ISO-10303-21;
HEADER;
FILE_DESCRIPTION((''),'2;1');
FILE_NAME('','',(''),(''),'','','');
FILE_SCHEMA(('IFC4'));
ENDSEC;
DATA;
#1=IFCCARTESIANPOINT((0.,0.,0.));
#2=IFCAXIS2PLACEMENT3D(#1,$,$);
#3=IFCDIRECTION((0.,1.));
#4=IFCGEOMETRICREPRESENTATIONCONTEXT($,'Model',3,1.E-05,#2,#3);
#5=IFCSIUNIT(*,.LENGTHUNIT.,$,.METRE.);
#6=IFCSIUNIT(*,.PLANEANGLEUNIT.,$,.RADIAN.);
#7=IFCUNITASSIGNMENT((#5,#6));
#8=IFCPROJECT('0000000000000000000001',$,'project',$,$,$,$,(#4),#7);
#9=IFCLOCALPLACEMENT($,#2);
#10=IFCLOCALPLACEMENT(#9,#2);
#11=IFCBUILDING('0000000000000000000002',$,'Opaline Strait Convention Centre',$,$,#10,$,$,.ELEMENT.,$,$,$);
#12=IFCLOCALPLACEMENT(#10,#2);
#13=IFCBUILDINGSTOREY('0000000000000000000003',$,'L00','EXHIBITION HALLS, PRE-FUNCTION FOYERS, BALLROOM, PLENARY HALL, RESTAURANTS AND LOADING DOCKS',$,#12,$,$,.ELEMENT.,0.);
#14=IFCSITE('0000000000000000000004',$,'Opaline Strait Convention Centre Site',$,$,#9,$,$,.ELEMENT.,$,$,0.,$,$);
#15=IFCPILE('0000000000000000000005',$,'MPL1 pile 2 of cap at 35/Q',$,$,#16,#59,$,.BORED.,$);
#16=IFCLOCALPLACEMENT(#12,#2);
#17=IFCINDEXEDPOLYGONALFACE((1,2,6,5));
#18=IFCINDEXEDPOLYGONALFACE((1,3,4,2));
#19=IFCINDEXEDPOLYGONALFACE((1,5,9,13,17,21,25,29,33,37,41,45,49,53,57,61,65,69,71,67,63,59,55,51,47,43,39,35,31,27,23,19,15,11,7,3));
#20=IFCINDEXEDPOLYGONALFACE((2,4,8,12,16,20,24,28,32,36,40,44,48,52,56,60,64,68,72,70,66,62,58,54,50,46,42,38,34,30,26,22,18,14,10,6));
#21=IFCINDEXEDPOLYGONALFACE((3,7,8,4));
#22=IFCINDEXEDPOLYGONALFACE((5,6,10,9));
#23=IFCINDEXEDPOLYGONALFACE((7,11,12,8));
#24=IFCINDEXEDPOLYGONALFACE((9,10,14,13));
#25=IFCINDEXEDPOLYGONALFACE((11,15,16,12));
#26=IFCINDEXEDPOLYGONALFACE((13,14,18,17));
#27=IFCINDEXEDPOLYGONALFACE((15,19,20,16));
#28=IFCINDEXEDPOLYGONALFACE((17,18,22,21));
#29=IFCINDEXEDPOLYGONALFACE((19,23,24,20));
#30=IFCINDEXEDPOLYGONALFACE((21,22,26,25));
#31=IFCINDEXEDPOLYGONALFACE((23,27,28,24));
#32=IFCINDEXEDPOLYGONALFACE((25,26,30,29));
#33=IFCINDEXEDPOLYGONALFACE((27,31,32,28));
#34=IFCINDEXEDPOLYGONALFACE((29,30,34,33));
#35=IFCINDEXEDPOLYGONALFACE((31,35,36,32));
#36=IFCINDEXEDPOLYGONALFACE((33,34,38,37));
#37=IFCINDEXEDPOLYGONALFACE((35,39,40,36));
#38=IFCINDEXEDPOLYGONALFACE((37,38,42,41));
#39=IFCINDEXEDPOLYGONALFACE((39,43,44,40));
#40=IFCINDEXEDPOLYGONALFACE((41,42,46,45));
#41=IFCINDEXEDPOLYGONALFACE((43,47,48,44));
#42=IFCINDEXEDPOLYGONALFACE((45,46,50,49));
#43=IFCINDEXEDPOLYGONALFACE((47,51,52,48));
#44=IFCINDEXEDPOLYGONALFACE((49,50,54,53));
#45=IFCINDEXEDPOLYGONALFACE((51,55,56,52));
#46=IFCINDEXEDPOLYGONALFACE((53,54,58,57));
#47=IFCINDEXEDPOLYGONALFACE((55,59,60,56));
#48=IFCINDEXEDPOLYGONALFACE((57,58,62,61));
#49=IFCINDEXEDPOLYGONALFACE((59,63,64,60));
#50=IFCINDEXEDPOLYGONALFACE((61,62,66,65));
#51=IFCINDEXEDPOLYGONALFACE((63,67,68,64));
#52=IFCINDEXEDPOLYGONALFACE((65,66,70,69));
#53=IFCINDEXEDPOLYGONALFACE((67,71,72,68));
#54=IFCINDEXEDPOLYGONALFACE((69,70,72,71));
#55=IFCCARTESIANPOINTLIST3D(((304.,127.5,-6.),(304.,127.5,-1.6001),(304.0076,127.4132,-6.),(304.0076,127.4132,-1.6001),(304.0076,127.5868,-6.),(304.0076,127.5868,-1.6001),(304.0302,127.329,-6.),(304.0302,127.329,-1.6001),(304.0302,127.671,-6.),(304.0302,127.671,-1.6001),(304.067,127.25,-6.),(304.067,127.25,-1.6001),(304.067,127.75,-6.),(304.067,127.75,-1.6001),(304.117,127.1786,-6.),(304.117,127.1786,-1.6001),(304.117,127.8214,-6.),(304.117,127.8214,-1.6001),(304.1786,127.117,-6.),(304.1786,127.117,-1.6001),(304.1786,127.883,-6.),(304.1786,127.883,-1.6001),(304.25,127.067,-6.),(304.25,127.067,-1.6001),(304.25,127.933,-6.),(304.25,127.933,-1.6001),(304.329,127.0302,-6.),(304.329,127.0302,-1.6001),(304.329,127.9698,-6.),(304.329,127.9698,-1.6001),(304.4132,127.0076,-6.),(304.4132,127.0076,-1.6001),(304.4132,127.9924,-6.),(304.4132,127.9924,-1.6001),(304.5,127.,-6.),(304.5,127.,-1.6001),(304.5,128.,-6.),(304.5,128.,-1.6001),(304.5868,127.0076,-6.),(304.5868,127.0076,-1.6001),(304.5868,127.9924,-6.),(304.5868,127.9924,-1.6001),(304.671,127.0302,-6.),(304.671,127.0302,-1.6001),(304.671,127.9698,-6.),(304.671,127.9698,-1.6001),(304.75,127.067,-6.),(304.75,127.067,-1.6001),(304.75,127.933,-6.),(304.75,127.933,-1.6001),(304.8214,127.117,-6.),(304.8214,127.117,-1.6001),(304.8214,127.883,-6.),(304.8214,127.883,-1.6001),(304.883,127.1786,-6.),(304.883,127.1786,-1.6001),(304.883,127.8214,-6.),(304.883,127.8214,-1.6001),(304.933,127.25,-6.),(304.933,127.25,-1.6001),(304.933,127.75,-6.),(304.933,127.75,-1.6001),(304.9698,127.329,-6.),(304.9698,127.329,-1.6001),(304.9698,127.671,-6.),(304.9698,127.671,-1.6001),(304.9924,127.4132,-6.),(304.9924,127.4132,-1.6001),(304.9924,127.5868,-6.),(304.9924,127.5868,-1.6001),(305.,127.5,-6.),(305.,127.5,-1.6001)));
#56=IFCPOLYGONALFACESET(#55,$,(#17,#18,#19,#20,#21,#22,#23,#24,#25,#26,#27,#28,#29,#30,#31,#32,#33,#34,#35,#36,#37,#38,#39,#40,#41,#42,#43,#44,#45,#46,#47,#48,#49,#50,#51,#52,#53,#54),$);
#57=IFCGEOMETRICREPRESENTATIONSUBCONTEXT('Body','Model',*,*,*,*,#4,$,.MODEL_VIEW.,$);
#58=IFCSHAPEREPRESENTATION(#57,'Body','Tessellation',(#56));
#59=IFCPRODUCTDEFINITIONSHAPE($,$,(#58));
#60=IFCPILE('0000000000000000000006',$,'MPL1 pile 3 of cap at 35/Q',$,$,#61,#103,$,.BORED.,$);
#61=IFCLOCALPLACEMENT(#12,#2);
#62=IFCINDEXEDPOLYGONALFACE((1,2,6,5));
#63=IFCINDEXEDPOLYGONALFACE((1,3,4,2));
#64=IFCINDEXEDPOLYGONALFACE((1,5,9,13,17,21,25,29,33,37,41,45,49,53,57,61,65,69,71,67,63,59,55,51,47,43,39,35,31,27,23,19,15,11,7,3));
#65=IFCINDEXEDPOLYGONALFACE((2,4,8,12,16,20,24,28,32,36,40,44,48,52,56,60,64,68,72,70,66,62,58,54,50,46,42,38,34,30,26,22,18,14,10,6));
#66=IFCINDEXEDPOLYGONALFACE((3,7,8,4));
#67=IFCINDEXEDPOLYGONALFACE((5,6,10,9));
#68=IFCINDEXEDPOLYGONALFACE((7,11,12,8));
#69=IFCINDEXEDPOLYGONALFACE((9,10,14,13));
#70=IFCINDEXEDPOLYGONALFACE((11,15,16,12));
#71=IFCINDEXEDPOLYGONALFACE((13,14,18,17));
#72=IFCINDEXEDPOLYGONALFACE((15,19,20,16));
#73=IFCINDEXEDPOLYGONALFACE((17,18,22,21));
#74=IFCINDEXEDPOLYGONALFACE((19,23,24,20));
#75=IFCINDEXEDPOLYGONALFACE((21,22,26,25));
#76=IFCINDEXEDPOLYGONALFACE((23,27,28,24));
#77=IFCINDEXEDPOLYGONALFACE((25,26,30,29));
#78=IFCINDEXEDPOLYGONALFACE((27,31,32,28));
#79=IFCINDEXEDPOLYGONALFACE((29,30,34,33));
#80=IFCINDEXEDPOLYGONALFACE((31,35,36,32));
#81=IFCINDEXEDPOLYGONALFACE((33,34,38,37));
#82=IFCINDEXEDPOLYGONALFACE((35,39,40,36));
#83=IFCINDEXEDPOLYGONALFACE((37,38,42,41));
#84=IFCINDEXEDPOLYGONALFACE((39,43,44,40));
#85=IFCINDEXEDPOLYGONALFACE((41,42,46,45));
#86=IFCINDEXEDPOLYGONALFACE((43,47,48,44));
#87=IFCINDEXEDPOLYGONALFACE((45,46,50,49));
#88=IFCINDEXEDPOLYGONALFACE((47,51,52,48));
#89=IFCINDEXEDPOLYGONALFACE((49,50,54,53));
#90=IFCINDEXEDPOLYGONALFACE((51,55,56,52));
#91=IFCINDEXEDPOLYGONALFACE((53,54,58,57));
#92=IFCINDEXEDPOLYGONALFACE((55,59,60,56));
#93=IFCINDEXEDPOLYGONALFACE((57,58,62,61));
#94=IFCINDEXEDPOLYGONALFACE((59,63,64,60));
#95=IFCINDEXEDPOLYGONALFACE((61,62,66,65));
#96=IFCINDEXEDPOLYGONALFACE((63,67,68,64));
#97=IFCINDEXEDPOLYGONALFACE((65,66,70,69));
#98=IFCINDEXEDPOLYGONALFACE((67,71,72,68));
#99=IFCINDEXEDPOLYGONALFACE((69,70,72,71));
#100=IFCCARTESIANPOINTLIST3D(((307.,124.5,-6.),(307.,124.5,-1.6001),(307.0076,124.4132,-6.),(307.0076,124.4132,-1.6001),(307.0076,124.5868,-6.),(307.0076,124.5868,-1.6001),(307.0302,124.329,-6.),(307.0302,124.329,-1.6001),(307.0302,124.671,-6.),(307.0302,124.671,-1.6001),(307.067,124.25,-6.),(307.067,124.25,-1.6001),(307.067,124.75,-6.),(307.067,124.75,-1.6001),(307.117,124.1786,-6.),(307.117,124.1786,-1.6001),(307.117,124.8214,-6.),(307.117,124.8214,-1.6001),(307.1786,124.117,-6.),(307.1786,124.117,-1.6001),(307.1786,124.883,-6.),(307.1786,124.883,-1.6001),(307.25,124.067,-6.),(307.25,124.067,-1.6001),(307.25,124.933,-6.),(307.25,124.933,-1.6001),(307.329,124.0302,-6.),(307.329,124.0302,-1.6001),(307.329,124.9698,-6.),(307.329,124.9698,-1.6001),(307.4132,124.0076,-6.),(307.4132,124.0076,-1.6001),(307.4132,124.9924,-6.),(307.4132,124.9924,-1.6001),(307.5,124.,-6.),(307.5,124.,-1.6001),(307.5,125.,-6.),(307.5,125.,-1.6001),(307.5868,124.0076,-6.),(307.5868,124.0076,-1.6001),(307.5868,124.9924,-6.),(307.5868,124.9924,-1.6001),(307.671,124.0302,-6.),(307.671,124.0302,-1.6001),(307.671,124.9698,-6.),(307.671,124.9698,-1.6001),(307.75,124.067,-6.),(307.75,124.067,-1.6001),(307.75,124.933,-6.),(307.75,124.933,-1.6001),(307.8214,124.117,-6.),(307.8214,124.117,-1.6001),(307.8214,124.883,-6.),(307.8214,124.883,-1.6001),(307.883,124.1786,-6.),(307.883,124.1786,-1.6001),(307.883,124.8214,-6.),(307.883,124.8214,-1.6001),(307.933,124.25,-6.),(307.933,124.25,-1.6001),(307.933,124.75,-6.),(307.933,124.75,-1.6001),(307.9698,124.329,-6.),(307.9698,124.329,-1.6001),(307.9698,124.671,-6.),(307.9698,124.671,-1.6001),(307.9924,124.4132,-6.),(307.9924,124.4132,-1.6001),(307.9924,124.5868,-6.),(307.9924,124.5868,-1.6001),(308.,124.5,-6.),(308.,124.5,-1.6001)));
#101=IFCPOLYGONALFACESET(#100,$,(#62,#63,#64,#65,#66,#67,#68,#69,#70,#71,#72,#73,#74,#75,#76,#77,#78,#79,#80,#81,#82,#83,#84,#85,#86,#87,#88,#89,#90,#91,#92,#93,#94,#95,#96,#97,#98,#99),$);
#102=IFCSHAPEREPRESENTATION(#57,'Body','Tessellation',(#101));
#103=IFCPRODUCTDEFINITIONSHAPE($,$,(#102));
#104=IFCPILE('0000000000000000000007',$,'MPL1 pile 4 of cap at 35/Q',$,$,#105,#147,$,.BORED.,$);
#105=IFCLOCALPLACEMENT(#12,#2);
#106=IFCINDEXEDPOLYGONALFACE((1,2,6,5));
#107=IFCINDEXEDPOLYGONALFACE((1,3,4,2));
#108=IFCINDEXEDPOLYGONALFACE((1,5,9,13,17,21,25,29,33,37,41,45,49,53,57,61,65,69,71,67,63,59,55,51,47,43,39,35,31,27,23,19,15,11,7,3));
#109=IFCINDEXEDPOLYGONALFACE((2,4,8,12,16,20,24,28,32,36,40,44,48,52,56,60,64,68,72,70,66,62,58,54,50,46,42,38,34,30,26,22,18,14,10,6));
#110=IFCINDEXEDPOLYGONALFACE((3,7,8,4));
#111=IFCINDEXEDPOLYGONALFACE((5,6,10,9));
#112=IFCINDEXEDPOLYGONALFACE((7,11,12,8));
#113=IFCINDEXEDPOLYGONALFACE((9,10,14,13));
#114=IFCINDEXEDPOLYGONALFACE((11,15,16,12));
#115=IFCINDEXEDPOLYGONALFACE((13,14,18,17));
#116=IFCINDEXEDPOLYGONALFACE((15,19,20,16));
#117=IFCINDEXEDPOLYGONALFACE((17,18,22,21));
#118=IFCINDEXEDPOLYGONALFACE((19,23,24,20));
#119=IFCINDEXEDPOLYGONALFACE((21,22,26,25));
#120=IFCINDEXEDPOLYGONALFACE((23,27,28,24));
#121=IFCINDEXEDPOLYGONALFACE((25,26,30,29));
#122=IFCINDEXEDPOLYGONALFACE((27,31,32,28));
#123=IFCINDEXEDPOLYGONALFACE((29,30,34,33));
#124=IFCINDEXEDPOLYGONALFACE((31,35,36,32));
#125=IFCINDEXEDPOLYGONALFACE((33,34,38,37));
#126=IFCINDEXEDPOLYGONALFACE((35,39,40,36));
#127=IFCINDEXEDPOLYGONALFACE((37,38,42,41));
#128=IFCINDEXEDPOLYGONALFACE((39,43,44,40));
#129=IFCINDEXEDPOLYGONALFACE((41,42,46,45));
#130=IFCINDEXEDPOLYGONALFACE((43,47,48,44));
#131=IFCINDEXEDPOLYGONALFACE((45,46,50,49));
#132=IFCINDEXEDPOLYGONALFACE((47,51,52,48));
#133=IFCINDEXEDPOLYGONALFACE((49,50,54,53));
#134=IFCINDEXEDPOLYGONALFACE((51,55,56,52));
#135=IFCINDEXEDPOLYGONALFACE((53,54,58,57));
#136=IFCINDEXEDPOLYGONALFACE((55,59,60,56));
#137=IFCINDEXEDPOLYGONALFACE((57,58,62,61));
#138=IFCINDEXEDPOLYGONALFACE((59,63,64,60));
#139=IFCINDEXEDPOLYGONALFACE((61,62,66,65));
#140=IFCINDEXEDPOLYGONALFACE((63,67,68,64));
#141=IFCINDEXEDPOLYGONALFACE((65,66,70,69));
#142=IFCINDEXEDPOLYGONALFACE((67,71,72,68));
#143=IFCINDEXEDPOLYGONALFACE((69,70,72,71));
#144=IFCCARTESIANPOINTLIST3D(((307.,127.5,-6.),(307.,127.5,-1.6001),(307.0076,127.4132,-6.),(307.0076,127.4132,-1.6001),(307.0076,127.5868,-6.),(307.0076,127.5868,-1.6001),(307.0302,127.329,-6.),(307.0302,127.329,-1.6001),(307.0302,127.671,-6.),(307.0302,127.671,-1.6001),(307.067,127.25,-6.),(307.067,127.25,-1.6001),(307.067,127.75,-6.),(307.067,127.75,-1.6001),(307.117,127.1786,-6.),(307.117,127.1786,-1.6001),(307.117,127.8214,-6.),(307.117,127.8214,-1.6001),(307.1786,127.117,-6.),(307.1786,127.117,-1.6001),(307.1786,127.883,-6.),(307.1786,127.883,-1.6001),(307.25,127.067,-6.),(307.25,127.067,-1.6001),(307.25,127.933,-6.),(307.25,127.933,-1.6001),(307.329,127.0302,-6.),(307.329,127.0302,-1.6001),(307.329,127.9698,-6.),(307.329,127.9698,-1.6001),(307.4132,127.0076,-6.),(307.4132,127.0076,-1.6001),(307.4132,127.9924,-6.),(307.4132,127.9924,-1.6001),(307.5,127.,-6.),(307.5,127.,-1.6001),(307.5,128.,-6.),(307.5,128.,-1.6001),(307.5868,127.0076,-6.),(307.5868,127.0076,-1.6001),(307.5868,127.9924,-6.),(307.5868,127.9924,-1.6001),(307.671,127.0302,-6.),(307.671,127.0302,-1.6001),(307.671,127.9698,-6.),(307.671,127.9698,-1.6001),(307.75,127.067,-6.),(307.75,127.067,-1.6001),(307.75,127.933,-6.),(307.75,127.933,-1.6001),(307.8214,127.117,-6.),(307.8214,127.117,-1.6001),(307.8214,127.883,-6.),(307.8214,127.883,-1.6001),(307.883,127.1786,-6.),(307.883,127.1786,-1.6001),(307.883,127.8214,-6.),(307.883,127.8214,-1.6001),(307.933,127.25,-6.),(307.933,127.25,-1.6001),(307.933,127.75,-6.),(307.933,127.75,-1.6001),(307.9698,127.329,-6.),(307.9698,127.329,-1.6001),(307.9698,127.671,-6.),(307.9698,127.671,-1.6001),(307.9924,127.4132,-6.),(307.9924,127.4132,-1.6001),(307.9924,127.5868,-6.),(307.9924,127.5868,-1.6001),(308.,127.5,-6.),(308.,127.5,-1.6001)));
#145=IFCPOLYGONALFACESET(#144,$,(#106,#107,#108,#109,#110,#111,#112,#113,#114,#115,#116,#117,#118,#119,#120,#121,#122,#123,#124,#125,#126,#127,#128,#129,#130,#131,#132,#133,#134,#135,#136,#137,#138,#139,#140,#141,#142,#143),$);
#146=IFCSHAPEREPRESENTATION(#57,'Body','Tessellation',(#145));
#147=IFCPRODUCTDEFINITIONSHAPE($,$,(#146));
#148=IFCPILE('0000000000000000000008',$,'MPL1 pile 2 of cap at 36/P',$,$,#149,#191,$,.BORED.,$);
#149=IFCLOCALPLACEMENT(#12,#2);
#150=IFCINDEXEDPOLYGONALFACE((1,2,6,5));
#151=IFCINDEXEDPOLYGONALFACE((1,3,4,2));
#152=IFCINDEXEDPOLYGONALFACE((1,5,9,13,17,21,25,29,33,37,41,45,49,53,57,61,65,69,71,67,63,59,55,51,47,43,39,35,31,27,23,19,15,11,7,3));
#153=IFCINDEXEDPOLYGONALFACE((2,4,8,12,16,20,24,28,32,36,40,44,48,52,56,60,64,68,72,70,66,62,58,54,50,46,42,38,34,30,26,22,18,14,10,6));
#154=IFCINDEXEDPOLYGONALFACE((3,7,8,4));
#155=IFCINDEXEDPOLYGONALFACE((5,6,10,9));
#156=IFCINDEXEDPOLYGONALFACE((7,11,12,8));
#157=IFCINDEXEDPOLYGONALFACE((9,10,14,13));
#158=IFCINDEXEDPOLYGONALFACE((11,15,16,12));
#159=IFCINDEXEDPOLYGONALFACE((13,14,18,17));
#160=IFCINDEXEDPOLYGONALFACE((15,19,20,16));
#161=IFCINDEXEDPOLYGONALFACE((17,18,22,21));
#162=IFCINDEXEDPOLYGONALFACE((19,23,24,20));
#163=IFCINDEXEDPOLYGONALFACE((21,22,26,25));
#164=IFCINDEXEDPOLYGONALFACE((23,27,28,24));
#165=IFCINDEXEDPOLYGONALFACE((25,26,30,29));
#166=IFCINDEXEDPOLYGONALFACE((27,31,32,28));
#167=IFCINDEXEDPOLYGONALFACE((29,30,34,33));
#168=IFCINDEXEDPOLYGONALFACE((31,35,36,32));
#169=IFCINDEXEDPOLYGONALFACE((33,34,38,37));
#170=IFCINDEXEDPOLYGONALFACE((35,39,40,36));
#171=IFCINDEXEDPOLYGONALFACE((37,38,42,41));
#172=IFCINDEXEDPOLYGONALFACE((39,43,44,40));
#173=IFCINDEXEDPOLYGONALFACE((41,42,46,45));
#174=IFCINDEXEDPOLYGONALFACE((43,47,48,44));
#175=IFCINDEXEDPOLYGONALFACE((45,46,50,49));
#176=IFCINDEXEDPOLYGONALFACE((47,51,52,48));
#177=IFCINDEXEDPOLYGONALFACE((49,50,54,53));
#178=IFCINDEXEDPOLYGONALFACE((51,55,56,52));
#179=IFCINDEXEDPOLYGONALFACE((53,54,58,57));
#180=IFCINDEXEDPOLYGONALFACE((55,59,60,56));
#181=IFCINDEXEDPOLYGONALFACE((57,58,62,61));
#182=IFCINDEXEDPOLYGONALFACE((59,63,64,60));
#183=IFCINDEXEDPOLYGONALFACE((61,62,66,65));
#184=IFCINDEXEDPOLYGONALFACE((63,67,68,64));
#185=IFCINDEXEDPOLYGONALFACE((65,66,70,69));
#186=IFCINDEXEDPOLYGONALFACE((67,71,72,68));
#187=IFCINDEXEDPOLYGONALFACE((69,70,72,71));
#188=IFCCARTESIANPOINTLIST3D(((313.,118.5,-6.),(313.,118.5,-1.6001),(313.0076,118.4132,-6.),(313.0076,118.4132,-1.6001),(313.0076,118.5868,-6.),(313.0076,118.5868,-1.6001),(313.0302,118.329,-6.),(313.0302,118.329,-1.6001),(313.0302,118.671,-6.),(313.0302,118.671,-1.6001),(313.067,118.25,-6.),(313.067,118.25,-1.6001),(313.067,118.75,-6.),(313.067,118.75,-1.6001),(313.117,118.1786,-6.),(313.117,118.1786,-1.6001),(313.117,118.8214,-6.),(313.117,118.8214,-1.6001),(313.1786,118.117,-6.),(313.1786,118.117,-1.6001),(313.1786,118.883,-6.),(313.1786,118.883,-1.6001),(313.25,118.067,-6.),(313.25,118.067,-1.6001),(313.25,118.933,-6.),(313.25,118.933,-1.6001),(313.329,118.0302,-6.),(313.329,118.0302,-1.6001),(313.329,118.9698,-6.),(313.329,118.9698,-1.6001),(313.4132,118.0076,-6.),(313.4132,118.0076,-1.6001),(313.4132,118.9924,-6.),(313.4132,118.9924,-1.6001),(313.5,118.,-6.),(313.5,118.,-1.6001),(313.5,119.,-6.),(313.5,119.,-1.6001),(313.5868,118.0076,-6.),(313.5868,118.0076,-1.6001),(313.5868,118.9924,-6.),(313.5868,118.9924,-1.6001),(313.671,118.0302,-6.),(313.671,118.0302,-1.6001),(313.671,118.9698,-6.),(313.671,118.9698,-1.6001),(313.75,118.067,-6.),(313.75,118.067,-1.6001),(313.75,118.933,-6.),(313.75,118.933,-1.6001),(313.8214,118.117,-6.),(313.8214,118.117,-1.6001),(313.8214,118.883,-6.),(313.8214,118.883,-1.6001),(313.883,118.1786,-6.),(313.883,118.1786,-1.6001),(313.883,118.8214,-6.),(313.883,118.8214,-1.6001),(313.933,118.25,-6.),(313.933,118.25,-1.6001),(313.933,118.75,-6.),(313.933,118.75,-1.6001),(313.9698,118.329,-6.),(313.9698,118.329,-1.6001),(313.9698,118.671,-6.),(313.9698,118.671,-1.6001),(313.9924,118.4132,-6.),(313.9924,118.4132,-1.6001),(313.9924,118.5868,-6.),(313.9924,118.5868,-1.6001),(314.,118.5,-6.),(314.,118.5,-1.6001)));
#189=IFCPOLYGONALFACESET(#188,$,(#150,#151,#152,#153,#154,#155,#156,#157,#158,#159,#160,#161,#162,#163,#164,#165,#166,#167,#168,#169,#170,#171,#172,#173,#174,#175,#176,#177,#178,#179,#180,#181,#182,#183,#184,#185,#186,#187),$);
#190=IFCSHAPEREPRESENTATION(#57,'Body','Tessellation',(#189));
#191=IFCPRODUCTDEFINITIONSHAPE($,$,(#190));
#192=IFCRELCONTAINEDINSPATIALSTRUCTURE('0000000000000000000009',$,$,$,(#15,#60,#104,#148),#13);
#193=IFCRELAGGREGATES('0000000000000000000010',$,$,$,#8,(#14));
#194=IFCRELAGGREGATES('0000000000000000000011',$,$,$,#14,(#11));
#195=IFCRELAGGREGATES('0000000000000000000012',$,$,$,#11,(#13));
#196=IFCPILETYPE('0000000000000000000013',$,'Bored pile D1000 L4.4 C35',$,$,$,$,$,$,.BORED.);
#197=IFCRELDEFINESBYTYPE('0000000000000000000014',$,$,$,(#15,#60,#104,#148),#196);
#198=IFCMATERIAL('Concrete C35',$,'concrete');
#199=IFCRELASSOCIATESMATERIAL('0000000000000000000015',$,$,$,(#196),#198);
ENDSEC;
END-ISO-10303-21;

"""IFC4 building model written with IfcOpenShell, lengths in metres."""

from ifc_helpers import new_model, si_unit, direction, frame, origin, origin_2d, place, context, subcontext, project, spatial, circle, extrude, material, material_profile, profile_set, type_object, element, save


model = new_model("IFC4")

# Units and contexts
model_context = context("Model", 3, precision=1e-05, world=origin(), true_north=direction((0.0, 1.0)))
body_context = subcontext(model_context, "Body", "Model", "MODEL_VIEW")
ifc_project = project(units=[si_unit("LENGTHUNIT", "METRE"), si_unit("PLANEANGLEUNIT", "RADIAN")], contexts=[model_context])

# Site, building, storey
site_placement = place(None, origin())
site = spatial("IfcSite", under=ifc_project, at=site_placement, Name="Opaline Strait Convention Centre Site", CompositionType="ELEMENT", RefElevation=0.0)
building_placement = place(site_placement, origin())
building = spatial("IfcBuilding", under=site, at=building_placement, Name="Opaline Strait Convention Centre", CompositionType="ELEMENT")
storey_placement = place(building_placement, origin())
storey = spatial("IfcBuildingStorey", under=building, at=storey_placement, Name="L00", Description="EXHIBITION HALLS, PRE-FUNCTION FOYERS, BALLROOM, PLENARY HALL, RESTAURANTS AND LOADING DOCKS", CompositionType="ELEMENT", Elevation=0.0)

# Piles
ifc_material_1 = material(Name="Concrete C35", Category="concrete")
ifc_material_profile_1 = material_profile(ifc_material_1, circle(Radius=0.5, at=origin_2d()), Name="D1000")
ifc_profile_set_1 = profile_set([ifc_material_profile_1], Name="Concrete C35")
pile_type = type_object("IfcPileType", Name="Bored pile D1000 L4.4 C35", PredefinedType="BORED", material=ifc_profile_set_1)
for number, where, z_axis, x_axis, name in (
    (1, (304.5, 127.5, -1.6001), (0.0, 0.0, -1.0), (1.0, 0.0, 0.0), "MPL1 pile 2 of cap at 35/Q"),
    (2, (307.5, 124.5, -1.6001), (0.0, 0.0, -1.0), (1.0, 0.0, 0.0), "MPL1 pile 3 of cap at 35/Q"),
    (3, (307.5, 127.5, -1.6001), (0.0, 0.0, -1.0), (1.0, 0.0, 0.0), "MPL1 pile 4 of cap at 35/Q"),
    (4, (313.5, 118.5, -1.6001), (0.0, 0.0, -1.0), (1.0, 0.0, 0.0), "MPL1 pile 2 of cap at 36/P"),
):
    element("IfcPile", number, at=place(storey_placement, frame(where, z_axis=z_axis, x_axis=x_axis)), inside=storey, type_object=pile_type, Name=name, PredefinedType="BORED", context=body_context, shape_type="SweptSolid", body=[
        extrude(circle(Radius=0.5, at=origin_2d()), origin(), (0.0, 0.0, 1.0), 4.3999),
    ])

save(model, "model.ifc")
